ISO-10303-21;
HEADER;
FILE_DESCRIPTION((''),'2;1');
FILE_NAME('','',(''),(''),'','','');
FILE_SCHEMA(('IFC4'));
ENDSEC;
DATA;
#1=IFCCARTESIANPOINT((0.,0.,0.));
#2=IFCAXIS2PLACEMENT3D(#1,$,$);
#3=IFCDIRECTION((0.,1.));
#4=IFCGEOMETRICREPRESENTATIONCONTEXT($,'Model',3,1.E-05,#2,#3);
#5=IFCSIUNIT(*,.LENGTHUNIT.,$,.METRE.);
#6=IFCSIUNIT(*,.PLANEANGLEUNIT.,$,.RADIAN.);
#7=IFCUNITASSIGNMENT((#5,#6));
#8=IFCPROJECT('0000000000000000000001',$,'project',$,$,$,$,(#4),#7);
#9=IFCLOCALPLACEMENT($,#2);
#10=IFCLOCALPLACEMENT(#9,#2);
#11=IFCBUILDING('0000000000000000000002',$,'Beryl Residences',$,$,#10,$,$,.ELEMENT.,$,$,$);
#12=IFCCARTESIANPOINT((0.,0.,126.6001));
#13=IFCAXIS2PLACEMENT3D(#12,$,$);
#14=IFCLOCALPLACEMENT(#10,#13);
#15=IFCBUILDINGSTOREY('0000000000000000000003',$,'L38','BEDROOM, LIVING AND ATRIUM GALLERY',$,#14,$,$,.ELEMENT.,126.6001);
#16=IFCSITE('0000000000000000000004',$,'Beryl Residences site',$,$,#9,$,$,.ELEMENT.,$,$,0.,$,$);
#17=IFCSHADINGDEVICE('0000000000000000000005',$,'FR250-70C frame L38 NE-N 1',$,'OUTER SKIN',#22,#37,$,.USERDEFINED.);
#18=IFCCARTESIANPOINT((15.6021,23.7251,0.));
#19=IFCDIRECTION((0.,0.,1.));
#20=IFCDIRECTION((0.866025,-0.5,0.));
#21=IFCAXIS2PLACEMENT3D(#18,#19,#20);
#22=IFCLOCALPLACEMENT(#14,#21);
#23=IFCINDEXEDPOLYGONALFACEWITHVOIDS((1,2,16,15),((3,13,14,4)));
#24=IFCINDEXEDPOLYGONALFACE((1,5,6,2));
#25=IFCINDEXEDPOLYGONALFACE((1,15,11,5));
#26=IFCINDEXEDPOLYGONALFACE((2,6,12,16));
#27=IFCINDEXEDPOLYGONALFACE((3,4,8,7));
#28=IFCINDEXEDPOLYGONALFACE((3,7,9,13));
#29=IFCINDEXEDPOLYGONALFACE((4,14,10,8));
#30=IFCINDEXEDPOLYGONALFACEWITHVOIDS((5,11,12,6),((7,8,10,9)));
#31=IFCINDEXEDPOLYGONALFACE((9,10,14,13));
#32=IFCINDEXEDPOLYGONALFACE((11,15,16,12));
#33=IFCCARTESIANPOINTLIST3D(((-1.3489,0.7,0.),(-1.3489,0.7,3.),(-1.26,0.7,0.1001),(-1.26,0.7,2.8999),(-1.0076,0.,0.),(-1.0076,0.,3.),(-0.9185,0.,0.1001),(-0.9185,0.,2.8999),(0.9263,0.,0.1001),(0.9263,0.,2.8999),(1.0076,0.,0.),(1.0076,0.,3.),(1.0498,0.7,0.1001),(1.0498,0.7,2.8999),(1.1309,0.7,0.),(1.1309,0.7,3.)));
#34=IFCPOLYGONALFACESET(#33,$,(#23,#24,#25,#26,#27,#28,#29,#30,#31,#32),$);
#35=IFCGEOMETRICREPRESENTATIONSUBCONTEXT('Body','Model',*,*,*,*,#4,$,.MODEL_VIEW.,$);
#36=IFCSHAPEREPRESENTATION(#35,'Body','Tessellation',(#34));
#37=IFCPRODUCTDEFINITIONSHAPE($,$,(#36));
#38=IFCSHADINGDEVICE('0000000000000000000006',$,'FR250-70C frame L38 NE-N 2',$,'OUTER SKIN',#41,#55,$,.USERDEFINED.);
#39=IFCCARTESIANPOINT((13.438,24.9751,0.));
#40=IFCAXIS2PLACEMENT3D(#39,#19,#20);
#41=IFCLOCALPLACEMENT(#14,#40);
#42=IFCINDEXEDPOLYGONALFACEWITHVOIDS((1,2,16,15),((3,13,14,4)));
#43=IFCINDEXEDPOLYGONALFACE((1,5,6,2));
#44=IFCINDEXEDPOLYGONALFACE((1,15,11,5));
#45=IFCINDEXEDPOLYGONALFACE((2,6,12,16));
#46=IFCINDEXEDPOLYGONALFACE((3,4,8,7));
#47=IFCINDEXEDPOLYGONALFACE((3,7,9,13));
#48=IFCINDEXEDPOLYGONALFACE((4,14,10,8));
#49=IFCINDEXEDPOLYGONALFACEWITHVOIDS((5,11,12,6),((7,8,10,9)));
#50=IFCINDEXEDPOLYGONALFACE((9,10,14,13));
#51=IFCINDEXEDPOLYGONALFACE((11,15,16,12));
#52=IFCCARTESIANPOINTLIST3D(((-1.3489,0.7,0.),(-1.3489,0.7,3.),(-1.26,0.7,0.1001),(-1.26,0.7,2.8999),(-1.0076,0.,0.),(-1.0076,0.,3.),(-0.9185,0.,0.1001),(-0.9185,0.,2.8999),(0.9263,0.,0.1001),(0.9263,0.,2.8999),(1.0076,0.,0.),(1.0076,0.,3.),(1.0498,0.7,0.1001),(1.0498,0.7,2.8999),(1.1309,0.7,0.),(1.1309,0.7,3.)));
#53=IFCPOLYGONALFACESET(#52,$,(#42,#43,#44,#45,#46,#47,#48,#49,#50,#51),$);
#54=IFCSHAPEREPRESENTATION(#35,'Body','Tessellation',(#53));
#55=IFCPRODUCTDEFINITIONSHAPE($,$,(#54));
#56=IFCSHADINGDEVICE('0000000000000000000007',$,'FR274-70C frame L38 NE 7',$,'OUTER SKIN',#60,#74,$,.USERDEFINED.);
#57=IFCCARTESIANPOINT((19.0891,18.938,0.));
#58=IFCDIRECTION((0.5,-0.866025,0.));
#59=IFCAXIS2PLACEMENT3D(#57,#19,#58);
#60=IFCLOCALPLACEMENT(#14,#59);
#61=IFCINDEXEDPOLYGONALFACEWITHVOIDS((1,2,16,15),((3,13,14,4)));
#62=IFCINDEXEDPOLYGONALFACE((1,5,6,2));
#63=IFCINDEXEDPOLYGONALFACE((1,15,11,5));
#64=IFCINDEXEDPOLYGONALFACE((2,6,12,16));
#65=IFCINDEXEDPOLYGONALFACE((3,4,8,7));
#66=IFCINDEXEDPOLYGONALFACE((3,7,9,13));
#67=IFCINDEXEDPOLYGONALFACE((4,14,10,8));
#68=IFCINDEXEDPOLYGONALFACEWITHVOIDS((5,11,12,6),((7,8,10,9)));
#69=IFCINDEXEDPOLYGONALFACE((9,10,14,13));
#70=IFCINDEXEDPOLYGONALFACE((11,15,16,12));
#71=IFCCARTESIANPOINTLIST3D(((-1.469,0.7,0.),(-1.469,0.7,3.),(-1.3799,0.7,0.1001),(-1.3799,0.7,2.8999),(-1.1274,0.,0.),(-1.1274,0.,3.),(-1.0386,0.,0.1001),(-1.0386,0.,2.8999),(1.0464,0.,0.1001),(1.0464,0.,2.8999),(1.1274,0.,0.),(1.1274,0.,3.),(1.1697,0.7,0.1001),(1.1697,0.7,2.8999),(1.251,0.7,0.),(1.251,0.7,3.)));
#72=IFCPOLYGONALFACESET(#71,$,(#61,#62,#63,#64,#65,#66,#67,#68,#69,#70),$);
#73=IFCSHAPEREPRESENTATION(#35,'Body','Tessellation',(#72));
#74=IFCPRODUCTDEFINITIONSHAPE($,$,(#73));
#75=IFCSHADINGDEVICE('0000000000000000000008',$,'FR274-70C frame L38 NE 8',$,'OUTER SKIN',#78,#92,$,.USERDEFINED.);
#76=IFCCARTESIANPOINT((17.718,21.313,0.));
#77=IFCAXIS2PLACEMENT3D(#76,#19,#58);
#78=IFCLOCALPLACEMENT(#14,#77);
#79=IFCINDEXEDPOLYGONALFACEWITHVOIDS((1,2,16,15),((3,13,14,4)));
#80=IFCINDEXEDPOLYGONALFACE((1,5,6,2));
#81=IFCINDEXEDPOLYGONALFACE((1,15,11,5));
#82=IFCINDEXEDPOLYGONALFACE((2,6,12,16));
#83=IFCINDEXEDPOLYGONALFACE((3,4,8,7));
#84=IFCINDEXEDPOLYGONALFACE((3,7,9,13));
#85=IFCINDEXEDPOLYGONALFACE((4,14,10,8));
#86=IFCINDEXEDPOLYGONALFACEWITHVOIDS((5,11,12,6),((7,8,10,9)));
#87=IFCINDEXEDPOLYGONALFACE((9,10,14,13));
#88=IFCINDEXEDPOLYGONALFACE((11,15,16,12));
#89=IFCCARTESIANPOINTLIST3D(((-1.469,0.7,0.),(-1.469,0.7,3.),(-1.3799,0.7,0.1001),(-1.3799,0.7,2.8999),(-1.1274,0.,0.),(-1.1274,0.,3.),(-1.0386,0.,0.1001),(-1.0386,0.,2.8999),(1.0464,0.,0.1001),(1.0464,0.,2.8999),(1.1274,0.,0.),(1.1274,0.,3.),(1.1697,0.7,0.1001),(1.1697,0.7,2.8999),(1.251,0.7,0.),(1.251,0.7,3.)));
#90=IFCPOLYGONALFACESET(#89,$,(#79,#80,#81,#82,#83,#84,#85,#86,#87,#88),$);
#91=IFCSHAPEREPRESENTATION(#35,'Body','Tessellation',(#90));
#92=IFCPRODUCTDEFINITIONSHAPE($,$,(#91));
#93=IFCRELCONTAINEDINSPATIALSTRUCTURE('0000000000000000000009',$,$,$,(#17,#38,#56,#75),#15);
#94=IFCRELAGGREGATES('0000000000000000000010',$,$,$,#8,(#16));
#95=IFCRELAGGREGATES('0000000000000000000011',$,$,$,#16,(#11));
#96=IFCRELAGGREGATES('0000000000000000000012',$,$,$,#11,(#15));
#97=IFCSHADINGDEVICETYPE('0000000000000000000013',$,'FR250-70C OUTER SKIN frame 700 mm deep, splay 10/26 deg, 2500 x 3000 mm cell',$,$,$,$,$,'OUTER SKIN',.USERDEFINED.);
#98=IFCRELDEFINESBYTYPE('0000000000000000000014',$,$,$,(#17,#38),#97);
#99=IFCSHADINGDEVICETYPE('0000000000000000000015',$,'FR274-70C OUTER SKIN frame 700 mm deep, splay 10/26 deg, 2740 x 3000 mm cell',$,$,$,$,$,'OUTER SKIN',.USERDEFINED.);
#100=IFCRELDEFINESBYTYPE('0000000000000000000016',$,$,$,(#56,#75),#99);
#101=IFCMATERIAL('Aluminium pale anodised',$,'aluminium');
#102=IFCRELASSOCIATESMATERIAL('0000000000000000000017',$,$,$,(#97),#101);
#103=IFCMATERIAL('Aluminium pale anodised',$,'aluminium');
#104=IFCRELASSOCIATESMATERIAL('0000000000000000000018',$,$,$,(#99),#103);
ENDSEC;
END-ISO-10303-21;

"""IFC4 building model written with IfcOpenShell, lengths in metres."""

from ifc_helpers import new_model, entity, si_unit, direction, frame, origin, place, context, subcontext, project, spatial, source, transform, mapped, material, type_object, type_shapes, element, save


model = new_model("IFC4")

# Units and contexts
model_context = context("Model", 3, precision=1e-05, world=origin(), true_north=direction((0.0, 1.0)))
body_context = subcontext(model_context, "Body", "Model", "MODEL_VIEW")
ifc_project = project(units=[si_unit("LENGTHUNIT", "METRE"), si_unit("PLANEANGLEUNIT", "RADIAN")], contexts=[model_context])

# Site, building, storey
site_placement = place(None, origin())
site = spatial("IfcSite", under=ifc_project, at=site_placement, Name="Beryl Residences site", CompositionType="ELEMENT", RefElevation=0.0)
building_placement = place(site_placement, origin())
building = spatial("IfcBuilding", under=site, at=building_placement, Name="Beryl Residences", CompositionType="ELEMENT")
storey_placement = place(building_placement, frame((0.0, 0.0, 126.6001)))
storey = spatial("IfcBuildingStorey", under=building, at=storey_placement, Name="L38", Description="BEDROOM, LIVING AND ATRIUM GALLERY", CompositionType="ELEMENT", Elevation=126.6001)

# Shading devices
ifc_material_1 = material(Name="Aluminium pale anodised", Category="aluminium")
shading_device_type_1 = type_object("IfcShadingDeviceType", Name="FR250-70C OUTER SKIN frame 700 mm deep, splay 10/26 deg, 2500 x 3000 mm cell", ElementType="OUTER SKIN", PredefinedType="USERDEFINED", material=ifc_material_1)
cartesian_point_1 = entity("IfcCartesianPoint", [-1.0076, 0.0])
cartesian_point_2 = entity("IfcCartesianPoint", [-0.9263, 0.1001])
cartesian_point_3 = entity("IfcCartesianPoint", [-1.1309, 0.0])
cartesian_point_4 = entity("IfcCartesianPoint", [-1.0498, 0.1001])
shared_shape_1 = source(origin(), body_context, "Body", "SweptSolid", [
    entity("IfcExtrudedAreaSolidTapered", entity("IfcArbitraryProfileDefWithVoids", "AREA", None, entity("IfcPolyline", [cartesian_point_1, entity("IfcCartesianPoint", [1.0076, 0.0]), entity("IfcCartesianPoint", [1.0076, 3.0]), entity("IfcCartesianPoint", [-1.0076, 3.0]), cartesian_point_1]), [entity("IfcPolyline", [cartesian_point_2, entity("IfcCartesianPoint", [0.9185, 0.1001]), entity("IfcCartesianPoint", [0.9185, 2.8999]), entity("IfcCartesianPoint", [-0.9263, 2.8999]), cartesian_point_2])]), entity("IfcAxis2Placement3D", entity("IfcCartesianPoint", [0.0, 0.0, 0.0]), entity("IfcDirection", [0.0, 1.0, 0.0]), entity("IfcDirection", [-1.0, 0.0, 0.0])), entity("IfcDirection", [0.0, 0.0, 1.0]), 0.7, entity("IfcArbitraryProfileDefWithVoids", "AREA", None, entity("IfcPolyline", [cartesian_point_3, entity("IfcCartesianPoint", [1.3489, 0.0]), entity("IfcCartesianPoint", [1.3489, 3.0]), entity("IfcCartesianPoint", [-1.1309, 3.0]), cartesian_point_3]), [entity("IfcPolyline", [cartesian_point_4, entity("IfcCartesianPoint", [1.26, 0.1001]), entity("IfcCartesianPoint", [1.26, 2.8999]), entity("IfcCartesianPoint", [-1.0498, 2.8999]), cartesian_point_4])])),
])
type_shapes(shading_device_type_1, [shared_shape_1])
for number, where, z_axis, x_axis, name in (
    (1, (15.6021, 23.7251, 0.0), (0.0, 0.0, 1.0), (0.866025, -0.5, 0.0), "FR250-70C frame L38 NE-N 1"),
    (2, (13.438, 24.9751, 0.0), (0.0, 0.0, 1.0), (0.866025, -0.5, 0.0), "FR250-70C frame L38 NE-N 2"),
):
    element("IfcShadingDevice", number, at=place(storey_placement, frame(where, z_axis=z_axis, x_axis=x_axis)), inside=storey, type_object=shading_device_type_1, Name=name, ObjectType="OUTER SKIN", PredefinedType="USERDEFINED", context=body_context, shape_type="MappedRepresentation", body=[
        mapped(shared_shape_1, transform((0.0, 0.0, 0.0))),
    ])
ifc_material_2 = material(Name="Aluminium pale anodised", Category="aluminium")
shading_device_type_2 = type_object("IfcShadingDeviceType", Name="FR274-70C OUTER SKIN frame 700 mm deep, splay 10/26 deg, 2740 x 3000 mm cell", ElementType="OUTER SKIN", PredefinedType="USERDEFINED", material=ifc_material_2)
cartesian_point_5 = entity("IfcCartesianPoint", [-1.1274, 0.0])
cartesian_point_6 = entity("IfcCartesianPoint", [-1.0464, 0.1001])
cartesian_point_7 = entity("IfcCartesianPoint", [-1.251, 0.0])
cartesian_point_8 = entity("IfcCartesianPoint", [-1.1697, 0.1001])
shared_shape_2 = source(origin(), body_context, "Body", "SweptSolid", [
    entity("IfcExtrudedAreaSolidTapered", entity("IfcArbitraryProfileDefWithVoids", "AREA", None, entity("IfcPolyline", [cartesian_point_5, entity("IfcCartesianPoint", [1.1274, 0.0]), entity("IfcCartesianPoint", [1.1274, 3.0]), entity("IfcCartesianPoint", [-1.1274, 3.0]), cartesian_point_5]), [entity("IfcPolyline", [cartesian_point_6, entity("IfcCartesianPoint", [1.0386, 0.1001]), entity("IfcCartesianPoint", [1.0386, 2.8999]), entity("IfcCartesianPoint", [-1.0464, 2.8999]), cartesian_point_6])]), entity("IfcAxis2Placement3D", entity("IfcCartesianPoint", [0.0, 0.0, 0.0]), entity("IfcDirection", [0.0, 1.0, 0.0]), entity("IfcDirection", [-1.0, 0.0, 0.0])), entity("IfcDirection", [0.0, 0.0, 1.0]), 0.7, entity("IfcArbitraryProfileDefWithVoids", "AREA", None, entity("IfcPolyline", [cartesian_point_7, entity("IfcCartesianPoint", [1.469, 0.0]), entity("IfcCartesianPoint", [1.469, 3.0]), entity("IfcCartesianPoint", [-1.251, 3.0]), cartesian_point_7]), [entity("IfcPolyline", [cartesian_point_8, entity("IfcCartesianPoint", [1.3799, 0.1001]), entity("IfcCartesianPoint", [1.3799, 2.8999]), entity("IfcCartesianPoint", [-1.1697, 2.8999]), cartesian_point_8])])),
])
type_shapes(shading_device_type_2, [shared_shape_2])
for number, where, z_axis, x_axis, name in (
    (3, (19.0891, 18.938, 0.0), (0.0, 0.0, 1.0), (0.5, -0.866025, 0.0), "FR274-70C frame L38 NE 7"),
    (4, (17.718, 21.313, 0.0), (0.0, 0.0, 1.0), (0.5, -0.866025, 0.0), "FR274-70C frame L38 NE 8"),
):
    element("IfcShadingDevice", number, at=place(storey_placement, frame(where, z_axis=z_axis, x_axis=x_axis)), inside=storey, type_object=shading_device_type_2, Name=name, ObjectType="OUTER SKIN", PredefinedType="USERDEFINED", context=body_context, shape_type="MappedRepresentation", body=[
        mapped(shared_shape_2, transform((0.0, 0.0, 0.0))),
    ])

save(model, "model.ifc")
